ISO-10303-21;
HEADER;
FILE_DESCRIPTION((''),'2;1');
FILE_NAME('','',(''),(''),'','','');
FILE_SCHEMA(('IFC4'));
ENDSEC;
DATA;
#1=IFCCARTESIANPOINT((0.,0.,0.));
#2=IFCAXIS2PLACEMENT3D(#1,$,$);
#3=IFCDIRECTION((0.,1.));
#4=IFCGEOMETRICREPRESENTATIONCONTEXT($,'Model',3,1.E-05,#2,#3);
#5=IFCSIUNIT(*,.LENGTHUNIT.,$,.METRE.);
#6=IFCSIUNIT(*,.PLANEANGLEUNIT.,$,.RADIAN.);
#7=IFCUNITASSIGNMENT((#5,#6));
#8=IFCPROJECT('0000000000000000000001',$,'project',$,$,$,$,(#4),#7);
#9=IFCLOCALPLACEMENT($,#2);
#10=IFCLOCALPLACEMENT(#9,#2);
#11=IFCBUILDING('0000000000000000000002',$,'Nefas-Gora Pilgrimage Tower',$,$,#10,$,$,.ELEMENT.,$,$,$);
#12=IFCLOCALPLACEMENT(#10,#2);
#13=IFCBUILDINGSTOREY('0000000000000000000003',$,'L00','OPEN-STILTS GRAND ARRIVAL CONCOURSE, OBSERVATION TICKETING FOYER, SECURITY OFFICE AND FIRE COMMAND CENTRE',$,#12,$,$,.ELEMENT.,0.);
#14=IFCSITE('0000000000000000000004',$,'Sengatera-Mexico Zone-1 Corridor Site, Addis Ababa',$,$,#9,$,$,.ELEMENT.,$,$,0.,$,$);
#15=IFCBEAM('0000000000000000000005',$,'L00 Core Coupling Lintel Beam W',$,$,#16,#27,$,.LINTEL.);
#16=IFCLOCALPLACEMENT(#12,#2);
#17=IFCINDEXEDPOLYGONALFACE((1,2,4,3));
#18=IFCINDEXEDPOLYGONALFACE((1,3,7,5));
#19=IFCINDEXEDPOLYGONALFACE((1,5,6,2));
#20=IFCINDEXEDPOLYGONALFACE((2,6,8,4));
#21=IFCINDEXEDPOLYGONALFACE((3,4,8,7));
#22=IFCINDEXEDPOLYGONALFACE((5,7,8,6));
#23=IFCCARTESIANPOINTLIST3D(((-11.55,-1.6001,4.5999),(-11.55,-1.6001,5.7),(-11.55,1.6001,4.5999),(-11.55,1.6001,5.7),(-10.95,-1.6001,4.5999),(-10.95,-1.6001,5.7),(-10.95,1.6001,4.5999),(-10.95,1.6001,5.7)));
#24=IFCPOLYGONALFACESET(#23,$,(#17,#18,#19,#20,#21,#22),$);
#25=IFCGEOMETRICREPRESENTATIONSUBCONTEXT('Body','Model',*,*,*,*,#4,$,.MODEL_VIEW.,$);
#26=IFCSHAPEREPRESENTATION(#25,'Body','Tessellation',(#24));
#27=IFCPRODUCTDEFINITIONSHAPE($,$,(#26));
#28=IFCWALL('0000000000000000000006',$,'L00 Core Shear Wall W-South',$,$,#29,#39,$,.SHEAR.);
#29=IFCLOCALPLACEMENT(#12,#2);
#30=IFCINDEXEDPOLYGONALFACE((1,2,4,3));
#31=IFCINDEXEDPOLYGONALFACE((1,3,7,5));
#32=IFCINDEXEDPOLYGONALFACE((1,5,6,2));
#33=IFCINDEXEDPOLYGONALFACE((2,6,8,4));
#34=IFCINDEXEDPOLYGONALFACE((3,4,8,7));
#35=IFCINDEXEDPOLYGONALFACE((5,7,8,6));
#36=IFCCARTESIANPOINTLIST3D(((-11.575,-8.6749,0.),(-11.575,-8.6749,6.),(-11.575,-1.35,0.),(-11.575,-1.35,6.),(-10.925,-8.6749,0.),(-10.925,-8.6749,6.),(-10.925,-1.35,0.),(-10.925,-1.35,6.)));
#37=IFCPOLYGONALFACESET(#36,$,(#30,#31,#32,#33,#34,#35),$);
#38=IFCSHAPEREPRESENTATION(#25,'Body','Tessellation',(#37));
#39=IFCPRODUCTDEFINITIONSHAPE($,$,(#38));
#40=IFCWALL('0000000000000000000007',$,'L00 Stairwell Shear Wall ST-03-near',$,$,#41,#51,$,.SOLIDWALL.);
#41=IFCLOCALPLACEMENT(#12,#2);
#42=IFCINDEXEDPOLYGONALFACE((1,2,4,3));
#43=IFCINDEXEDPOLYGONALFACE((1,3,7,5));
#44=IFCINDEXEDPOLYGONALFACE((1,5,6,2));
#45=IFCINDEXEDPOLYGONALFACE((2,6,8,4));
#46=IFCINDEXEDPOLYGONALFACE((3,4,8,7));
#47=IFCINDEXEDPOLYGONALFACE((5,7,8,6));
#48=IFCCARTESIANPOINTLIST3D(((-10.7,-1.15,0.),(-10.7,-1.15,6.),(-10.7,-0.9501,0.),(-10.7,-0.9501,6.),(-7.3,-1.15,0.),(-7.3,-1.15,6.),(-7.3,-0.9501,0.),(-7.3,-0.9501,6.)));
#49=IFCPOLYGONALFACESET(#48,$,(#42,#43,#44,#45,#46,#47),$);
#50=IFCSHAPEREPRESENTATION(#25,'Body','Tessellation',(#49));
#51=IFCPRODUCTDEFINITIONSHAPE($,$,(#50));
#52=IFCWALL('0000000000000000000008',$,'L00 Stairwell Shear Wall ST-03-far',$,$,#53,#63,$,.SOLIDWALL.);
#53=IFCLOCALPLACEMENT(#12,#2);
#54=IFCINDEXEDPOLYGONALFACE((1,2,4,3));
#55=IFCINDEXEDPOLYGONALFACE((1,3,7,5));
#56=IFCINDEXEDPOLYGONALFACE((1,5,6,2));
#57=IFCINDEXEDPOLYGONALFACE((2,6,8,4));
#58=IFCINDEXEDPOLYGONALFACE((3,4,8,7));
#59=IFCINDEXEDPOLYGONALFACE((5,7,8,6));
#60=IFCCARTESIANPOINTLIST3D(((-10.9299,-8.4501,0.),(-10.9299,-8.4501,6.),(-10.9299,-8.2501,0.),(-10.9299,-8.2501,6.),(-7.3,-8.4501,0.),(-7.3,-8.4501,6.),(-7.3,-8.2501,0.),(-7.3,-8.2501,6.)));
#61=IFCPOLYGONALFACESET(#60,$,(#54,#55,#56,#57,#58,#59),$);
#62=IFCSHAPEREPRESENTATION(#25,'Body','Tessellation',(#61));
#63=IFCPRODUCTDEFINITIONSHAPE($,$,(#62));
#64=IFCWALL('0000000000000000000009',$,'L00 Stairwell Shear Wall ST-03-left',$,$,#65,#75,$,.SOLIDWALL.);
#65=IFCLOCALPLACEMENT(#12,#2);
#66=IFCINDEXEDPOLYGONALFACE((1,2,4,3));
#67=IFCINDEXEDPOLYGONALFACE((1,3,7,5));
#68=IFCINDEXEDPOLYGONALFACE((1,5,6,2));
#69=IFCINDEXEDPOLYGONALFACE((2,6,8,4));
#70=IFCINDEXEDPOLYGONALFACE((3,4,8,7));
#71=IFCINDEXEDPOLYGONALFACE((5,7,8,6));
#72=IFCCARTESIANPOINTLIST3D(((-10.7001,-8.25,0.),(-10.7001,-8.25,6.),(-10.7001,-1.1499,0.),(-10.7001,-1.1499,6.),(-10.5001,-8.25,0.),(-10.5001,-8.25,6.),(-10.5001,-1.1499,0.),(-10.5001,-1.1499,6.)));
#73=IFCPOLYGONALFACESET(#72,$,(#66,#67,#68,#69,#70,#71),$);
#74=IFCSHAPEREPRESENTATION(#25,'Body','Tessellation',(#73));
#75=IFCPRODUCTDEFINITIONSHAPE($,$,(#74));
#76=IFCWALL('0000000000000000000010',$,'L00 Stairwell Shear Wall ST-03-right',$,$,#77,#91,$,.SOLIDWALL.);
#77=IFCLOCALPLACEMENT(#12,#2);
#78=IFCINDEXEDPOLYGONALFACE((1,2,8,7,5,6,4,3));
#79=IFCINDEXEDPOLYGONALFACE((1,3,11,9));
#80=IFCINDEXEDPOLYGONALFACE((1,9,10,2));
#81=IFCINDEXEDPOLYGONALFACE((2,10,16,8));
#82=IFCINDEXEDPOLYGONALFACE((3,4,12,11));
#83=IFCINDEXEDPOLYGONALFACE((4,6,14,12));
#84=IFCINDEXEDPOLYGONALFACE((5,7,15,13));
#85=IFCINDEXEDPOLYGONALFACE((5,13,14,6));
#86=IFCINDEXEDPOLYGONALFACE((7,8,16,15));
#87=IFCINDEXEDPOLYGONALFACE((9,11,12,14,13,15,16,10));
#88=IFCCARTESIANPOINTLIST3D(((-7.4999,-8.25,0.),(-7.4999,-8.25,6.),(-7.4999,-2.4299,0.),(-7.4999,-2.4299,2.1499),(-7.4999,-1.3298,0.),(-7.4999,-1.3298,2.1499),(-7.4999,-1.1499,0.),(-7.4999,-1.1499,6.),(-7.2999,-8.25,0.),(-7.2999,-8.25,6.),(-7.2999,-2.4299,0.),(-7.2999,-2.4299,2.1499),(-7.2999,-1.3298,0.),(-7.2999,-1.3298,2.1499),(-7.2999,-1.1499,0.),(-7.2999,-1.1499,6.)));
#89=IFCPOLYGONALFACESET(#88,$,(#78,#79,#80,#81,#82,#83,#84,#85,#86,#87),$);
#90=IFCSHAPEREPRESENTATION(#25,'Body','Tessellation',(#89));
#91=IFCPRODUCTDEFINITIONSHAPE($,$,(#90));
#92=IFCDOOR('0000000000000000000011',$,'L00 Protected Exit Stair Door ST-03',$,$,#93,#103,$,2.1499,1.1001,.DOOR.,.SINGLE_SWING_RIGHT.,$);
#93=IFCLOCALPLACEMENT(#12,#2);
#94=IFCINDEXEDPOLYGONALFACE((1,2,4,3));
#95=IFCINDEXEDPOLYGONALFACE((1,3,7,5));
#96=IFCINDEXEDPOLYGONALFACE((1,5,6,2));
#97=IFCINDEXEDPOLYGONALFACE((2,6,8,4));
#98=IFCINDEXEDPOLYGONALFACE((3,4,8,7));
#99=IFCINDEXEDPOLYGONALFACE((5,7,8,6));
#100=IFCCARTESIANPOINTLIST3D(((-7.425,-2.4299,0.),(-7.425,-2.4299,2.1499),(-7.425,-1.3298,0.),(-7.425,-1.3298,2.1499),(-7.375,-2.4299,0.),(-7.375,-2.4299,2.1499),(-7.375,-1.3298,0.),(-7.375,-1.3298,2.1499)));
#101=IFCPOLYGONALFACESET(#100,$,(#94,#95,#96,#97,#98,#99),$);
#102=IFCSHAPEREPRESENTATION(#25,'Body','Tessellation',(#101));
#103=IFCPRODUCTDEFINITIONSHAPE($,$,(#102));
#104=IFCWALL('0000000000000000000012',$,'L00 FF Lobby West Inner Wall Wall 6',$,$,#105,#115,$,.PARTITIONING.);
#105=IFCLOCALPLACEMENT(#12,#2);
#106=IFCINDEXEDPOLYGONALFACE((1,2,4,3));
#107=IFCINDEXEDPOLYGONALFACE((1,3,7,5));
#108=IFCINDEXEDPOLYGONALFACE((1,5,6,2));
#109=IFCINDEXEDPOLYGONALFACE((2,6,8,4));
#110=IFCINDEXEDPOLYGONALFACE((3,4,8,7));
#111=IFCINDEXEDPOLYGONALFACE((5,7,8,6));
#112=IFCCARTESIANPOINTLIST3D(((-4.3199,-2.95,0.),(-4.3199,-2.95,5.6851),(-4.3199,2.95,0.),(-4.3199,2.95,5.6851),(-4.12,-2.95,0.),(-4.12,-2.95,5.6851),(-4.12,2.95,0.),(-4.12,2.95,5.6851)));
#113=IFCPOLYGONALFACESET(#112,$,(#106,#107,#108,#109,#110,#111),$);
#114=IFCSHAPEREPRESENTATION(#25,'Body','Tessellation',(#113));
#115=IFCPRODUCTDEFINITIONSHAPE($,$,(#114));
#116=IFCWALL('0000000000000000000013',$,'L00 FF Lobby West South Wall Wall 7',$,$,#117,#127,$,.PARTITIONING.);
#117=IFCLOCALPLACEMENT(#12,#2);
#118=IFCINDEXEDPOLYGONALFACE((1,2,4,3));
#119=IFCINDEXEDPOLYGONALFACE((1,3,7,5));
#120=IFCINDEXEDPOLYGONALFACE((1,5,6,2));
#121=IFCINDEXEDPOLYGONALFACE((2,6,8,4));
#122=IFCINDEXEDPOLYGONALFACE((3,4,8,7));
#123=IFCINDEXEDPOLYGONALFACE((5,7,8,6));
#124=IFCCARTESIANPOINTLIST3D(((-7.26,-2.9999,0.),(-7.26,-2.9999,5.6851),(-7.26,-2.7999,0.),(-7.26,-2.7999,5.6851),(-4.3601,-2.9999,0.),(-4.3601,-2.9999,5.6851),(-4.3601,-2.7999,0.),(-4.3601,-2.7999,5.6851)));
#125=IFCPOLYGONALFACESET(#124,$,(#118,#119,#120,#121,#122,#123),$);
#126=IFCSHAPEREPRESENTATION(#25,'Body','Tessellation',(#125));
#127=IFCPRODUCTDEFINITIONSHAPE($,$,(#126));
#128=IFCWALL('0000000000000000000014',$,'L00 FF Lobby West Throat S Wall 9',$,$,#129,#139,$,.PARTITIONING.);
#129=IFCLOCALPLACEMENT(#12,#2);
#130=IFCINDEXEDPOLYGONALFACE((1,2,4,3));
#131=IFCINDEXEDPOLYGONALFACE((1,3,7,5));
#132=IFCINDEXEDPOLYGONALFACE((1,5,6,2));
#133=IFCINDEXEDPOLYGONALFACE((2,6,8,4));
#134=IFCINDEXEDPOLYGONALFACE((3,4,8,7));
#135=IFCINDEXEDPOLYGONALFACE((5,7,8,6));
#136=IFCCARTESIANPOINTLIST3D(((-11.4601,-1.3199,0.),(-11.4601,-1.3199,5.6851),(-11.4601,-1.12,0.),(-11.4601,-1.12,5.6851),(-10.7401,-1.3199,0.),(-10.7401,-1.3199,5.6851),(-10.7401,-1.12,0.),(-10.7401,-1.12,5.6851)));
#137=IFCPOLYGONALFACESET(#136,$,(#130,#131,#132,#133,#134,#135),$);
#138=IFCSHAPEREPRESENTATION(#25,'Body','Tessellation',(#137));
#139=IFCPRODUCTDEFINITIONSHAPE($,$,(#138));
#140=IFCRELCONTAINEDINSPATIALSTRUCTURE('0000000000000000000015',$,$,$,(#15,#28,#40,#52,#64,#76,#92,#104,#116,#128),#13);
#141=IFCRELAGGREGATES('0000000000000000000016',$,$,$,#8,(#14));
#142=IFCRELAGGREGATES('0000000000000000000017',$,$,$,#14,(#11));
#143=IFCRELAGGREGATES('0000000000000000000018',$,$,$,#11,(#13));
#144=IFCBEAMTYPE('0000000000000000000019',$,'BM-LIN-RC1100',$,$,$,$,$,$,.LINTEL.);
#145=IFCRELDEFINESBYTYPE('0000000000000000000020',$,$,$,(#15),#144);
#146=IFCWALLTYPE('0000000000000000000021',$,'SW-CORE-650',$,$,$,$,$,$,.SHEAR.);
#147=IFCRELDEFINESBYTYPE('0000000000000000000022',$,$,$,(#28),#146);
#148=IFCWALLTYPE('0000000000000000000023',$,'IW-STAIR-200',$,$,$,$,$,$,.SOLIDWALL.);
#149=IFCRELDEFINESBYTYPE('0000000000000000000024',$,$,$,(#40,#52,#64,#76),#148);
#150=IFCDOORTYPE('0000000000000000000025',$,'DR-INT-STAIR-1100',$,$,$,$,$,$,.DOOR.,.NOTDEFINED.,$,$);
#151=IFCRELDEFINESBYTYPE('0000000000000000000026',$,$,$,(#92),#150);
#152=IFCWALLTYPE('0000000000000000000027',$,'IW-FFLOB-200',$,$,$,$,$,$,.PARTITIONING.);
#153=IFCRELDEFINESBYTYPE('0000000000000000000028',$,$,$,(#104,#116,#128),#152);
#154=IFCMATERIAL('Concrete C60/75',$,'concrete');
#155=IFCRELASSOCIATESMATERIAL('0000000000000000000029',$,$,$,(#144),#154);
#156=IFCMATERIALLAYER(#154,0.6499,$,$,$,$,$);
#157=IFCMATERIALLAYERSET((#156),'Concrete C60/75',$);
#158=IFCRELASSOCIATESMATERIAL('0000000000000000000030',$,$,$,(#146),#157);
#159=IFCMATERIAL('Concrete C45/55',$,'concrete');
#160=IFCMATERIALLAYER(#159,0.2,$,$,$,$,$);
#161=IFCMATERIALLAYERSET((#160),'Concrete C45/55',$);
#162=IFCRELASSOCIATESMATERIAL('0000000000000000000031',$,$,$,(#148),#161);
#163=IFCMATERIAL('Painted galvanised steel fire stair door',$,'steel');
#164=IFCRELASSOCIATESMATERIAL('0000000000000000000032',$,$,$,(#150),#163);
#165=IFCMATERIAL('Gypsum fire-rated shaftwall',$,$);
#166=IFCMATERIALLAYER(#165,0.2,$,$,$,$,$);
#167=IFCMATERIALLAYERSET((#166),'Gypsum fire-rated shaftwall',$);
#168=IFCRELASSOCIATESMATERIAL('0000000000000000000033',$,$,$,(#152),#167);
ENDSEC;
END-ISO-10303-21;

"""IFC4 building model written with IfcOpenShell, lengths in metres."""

from ifc_helpers import new_model, si_unit, direction, frame, frame_2d, origin, origin_2d, place, context, subcontext, project, spatial, rectangle, extrude, source, transform, mapped, material, layer, layer_set, material_profile, profile_set, type_object, element, fill, save


model = new_model("IFC4")

# Units and contexts
model_context = context("Model", 3, precision=1e-05, world=origin(), true_north=direction((0.0, 1.0)))
body_context = subcontext(model_context, "Body", "Model", "MODEL_VIEW")
ifc_project = project(units=[si_unit("LENGTHUNIT", "METRE"), si_unit("PLANEANGLEUNIT", "RADIAN")], contexts=[model_context])

# Site, building, storey
site_placement = place(None, origin())
site = spatial("IfcSite", under=ifc_project, at=site_placement, Name="Sengatera-Mexico Zone-1 Corridor Site, Addis Ababa", CompositionType="ELEMENT", RefElevation=0.0)
building_placement = place(site_placement, origin())
building = spatial("IfcBuilding", under=site, at=building_placement, Name="Nefas-Gora Pilgrimage Tower", CompositionType="ELEMENT")
storey_placement = place(building_placement, origin())
storey = spatial("IfcBuildingStorey", under=building, at=storey_placement, Name="L00", Description="OPEN-STILTS GRAND ARRIVAL CONCOURSE, OBSERVATION TICKETING FOYER, SECURITY OFFICE AND FIRE COMMAND CENTRE", CompositionType="ELEMENT", Elevation=0.0)

# Beam
ifc_material_1 = material(Name="Concrete C60/75", Category="concrete")
ifc_material_profile = material_profile(ifc_material_1, rectangle(XDim=0.6001, YDim=1.1001, at=origin_2d()), Name="RC 600x1100")
ifc_profile_set = profile_set([ifc_material_profile], Name="Concrete C60/75")
beam_type = type_object("IfcBeamType", Name="BM-LIN-RC1100", PredefinedType="LINTEL", material=ifc_profile_set)
shared_shape_1 = source(origin(), body_context, "Body", "SweptSolid", [
    extrude(rectangle(XDim=0.6001, YDim=1.1001, at=origin_2d()), origin(), (0.0, 0.0, 1.0), 3.2002),
])
beam_placement = place(storey_placement, frame((-11.25, -1.6001, 5.1499), z_axis=(0.0, 1.0, 0.0), x_axis=(-1.0, 0.0, 0.0)))
element("IfcBeam", 1, at=beam_placement, inside=storey, type_object=beam_type, Name="L00 Core Coupling Lintel Beam W", PredefinedType="LINTEL", context=body_context, shape_type="MappedRepresentation", body=[
    mapped(shared_shape_1, transform((0.0, 0.0, 0.0), x_axis=(1.0, 0.0, 0.0), y_axis=(0.0, 1.0, 0.0), z_axis=(0.0, 0.0, 1.0), scale=1.0)),
])

# Walls
ifc_layer_1 = layer(ifc_material_1, 0.6499)
ifc_layer_set_1 = layer_set([ifc_layer_1], Name="Concrete C60/75")
wall_type_1 = type_object("IfcWallType", Name="SW-CORE-650", PredefinedType="SHEAR", material=ifc_layer_set_1)
shared_shape_2 = source(origin(), body_context, "Body", "SweptSolid", [
    extrude(rectangle(XDim=7.325, YDim=0.6499, at=frame_2d((3.6626, 0.0))), origin(), (0.0, 0.0, 1.0), 6.0),
])
wall_1_placement = place(storey_placement, frame((-11.25, -8.675, 0.0), z_axis=(0.0, 0.0, 1.0), x_axis=(0.0, 1.0, 0.0)))
element("IfcWall", 2, at=wall_1_placement, inside=storey, type_object=wall_type_1, Name="L00 Core Shear Wall W-South", PredefinedType="SHEAR", context=body_context, shape_type="MappedRepresentation", body=[
    mapped(shared_shape_2, transform((0.0, 0.0, 0.0), x_axis=(1.0, 0.0, 0.0), y_axis=(0.0, 1.0, 0.0), z_axis=(0.0, 0.0, 1.0), scale=1.0)),
])
ifc_material_2 = material(Name="Concrete C45/55", Category="concrete")
ifc_layer_2 = layer(ifc_material_2, 0.2)
ifc_layer_set_2 = layer_set([ifc_layer_2], Name="Concrete C45/55")
wall_type_2 = type_object("IfcWallType", Name="IW-STAIR-200", PredefinedType="SOLIDWALL", material=ifc_layer_set_2)
shared_shape_3 = source(origin(), body_context, "Body", "SweptSolid", [
    extrude(rectangle(XDim=3.3999, YDim=0.2, at=frame_2d((1.7, 0.0))), origin(), (0.0, 0.0, 1.0), 6.0),
])
wall_2_placement = place(storey_placement, frame((-10.7, -1.05, 0.0), z_axis=(0.0, 0.0, 1.0), x_axis=(1.0, 0.0, 0.0)))
element("IfcWall", 3, at=wall_2_placement, inside=storey, type_object=wall_type_2, Name="L00 Stairwell Shear Wall ST-03-near", PredefinedType="SOLIDWALL", context=body_context, shape_type="MappedRepresentation", body=[
    mapped(shared_shape_3, transform((0.0, 0.0, 0.0), x_axis=(1.0, 0.0, 0.0), y_axis=(0.0, 1.0, 0.0), z_axis=(0.0, 0.0, 1.0), scale=1.0)),
])
shared_shape_4 = source(origin(), body_context, "Body", "SweptSolid", [
    extrude(rectangle(XDim=3.6299, YDim=0.2, at=frame_2d((1.8149, 0.0))), origin(), (0.0, 0.0, 1.0), 6.0),
])
wall_3_placement = place(storey_placement, frame((-10.9299, -8.3501, 0.0), z_axis=(0.0, 0.0, 1.0), x_axis=(1.0, 0.0, 0.0)))
element("IfcWall", 4, at=wall_3_placement, inside=storey, type_object=wall_type_2, Name="L00 Stairwell Shear Wall ST-03-far", PredefinedType="SOLIDWALL", context=body_context, shape_type="MappedRepresentation", body=[
    mapped(shared_shape_4, transform((0.0, 0.0, 0.0), x_axis=(1.0, 0.0, 0.0), y_axis=(0.0, 1.0, 0.0), z_axis=(0.0, 0.0, 1.0), scale=1.0)),
])
shared_shape_5 = source(origin(), body_context, "Body", "SweptSolid", [
    extrude(rectangle(XDim=7.1001, YDim=0.2, at=frame_2d((3.55, 0.0))), origin(), (0.0, 0.0, 1.0), 6.0),
])
wall_4_placement = place(storey_placement, frame((-10.6001, -1.1499, 0.0), z_axis=(0.0, 0.0, 1.0), x_axis=(0.0, -1.0, 0.0)))
element("IfcWall", 5, at=wall_4_placement, inside=storey, type_object=wall_type_2, Name="L00 Stairwell Shear Wall ST-03-left", PredefinedType="SOLIDWALL", context=body_context, shape_type="MappedRepresentation", body=[
    mapped(shared_shape_5, transform((0.0, 0.0, 0.0), x_axis=(1.0, 0.0, 0.0), y_axis=(0.0, 1.0, 0.0), z_axis=(0.0, 0.0, 1.0), scale=1.0)),
])

# Wall, opening, door
wall_5_placement = place(storey_placement, frame((-7.3999, -1.1499, 0.0), z_axis=(0.0, 0.0, 1.0), x_axis=(0.0, -1.0, 0.0)))
wall_5 = element("IfcWall", 6, at=wall_5_placement, inside=storey, type_object=wall_type_2, Name="L00 Stairwell Shear Wall ST-03-right", PredefinedType="SOLIDWALL", context=body_context, shape_type="MappedRepresentation", body=[
    mapped(shared_shape_5, transform((0.0, 0.0, 0.0), x_axis=(1.0, 0.0, 0.0), y_axis=(0.0, 1.0, 0.0), z_axis=(0.0, 0.0, 1.0), scale=1.0)),
])
opening_1_placement = place(wall_5_placement, frame((0.1799, 0.0, 0.0)))
opening_1 = element("IfcOpeningElement", 7, at=opening_1_placement, cuts=wall_5, PredefinedType="OPENING", context=body_context, shape_type="SweptSolid", body=[
    extrude(rectangle(XDim=1.1001, YDim=2.1499, at=frame_2d((0.55, 1.075))), frame((0.0, 0.1099, 0.0), z_axis=(0.0, -1.0, 0.0), x_axis=(1.0, 0.0, 0.0)), (0.0, 0.0, 1.0), 0.22),
])
ifc_material_3 = material(Name="Painted galvanised steel fire stair door", Category="steel")
door_type_1 = type_object("IfcDoorType", Name="DR-INT-STAIR-1100", OperationType="NOTDEFINED", PredefinedType="DOOR", material=ifc_material_3)
shared_shape_6 = source(origin(), body_context, "Body", "SweptSolid", [
    extrude(rectangle(XDim=1.1001, YDim=2.1499, at=frame_2d((0.55, 1.075))), frame((0.0, 0.0249, 0.0), z_axis=(0.0, -1.0, 0.0), x_axis=(1.0, 0.0, 0.0)), (0.0, 0.0, 1.0), 0.05),
])
door_1_placement = place(opening_1_placement, origin())
door_1 = element("IfcDoor", 8, at=door_1_placement, inside=storey, type_object=door_type_1, Name="L00 Protected Exit Stair Door ST-03", OperationType="SINGLE_SWING_RIGHT", OverallHeight=2.1499, OverallWidth=1.1001, PredefinedType="DOOR", context=body_context, shape_type="MappedRepresentation", body=[
    mapped(shared_shape_6, transform((0.0, 0.0, 0.0), x_axis=(1.0, 0.0, 0.0), y_axis=(0.0, 1.0, 0.0), z_axis=(0.0, 0.0, 1.0), scale=1.0)),
])
fill(opening_1, door_1)
ifc_material_4 = material(Name="Gypsum fire-rated shaftwall")
ifc_layer_3 = layer(ifc_material_4, 0.2)
ifc_layer_set_3 = layer_set([ifc_layer_3], Name="Gypsum fire-rated shaftwall")
wall_type_3 = type_object("IfcWallType", Name="IW-FFLOB-200", PredefinedType="PARTITIONING", material=ifc_layer_set_3)

# Walls
shared_shape_7 = source(origin(), body_context, "Body", "SweptSolid", [
    extrude(rectangle(XDim=5.8999, YDim=0.2, at=frame_2d((2.95, 0.0))), origin(), (0.0, 0.0, 1.0), 5.6851),
])
wall_6_placement = place(storey_placement, frame((-4.22, -2.95, 0.0), z_axis=(0.0, 0.0, 1.0), x_axis=(0.0, 1.0, 0.0)))
element("IfcWall", 9, at=wall_6_placement, inside=storey, type_object=wall_type_3, Name="L00 FF Lobby West Inner Wall Wall 6", PredefinedType="PARTITIONING", context=body_context, shape_type="MappedRepresentation", body=[
    mapped(shared_shape_7, transform((0.0, 0.0, 0.0), x_axis=(1.0, 0.0, 0.0), y_axis=(0.0, 1.0, 0.0), z_axis=(0.0, 0.0, 1.0), scale=1.0)),
])
shared_shape_8 = source(origin(), body_context, "Body", "SweptSolid", [
    extrude(rectangle(XDim=2.8999, YDim=0.2, at=frame_2d((1.45, 0.0))), origin(), (0.0, 0.0, 1.0), 5.6851),
])
wall_7_placement = place(storey_placement, frame((-7.26, -2.8999, 0.0), z_axis=(0.0, 0.0, 1.0), x_axis=(1.0, 0.0, 0.0)))
element("IfcWall", 10, at=wall_7_placement, inside=storey, type_object=wall_type_3, Name="L00 FF Lobby West South Wall Wall 7", PredefinedType="PARTITIONING", context=body_context, shape_type="MappedRepresentation", body=[
    mapped(shared_shape_8, transform((0.0, 0.0, 0.0), x_axis=(1.0, 0.0, 0.0), y_axis=(0.0, 1.0, 0.0), z_axis=(0.0, 0.0, 1.0), scale=1.0)),
])
shared_shape_9 = source(origin(), body_context, "Body", "SweptSolid", [
    extrude(rectangle(XDim=0.72, YDim=0.2, at=frame_2d((0.3599, 0.0))), origin(), (0.0, 0.0, 1.0), 5.6851),
])
wall_8_placement = place(storey_placement, frame((-11.46, -1.22, 0.0), z_axis=(0.0, 0.0, 1.0), x_axis=(1.0, 0.0, 0.0)))
element("IfcWall", 11, at=wall_8_placement, inside=storey, type_object=wall_type_3, Name="L00 FF Lobby West Throat S Wall 9", PredefinedType="PARTITIONING", context=body_context, shape_type="MappedRepresentation", body=[
    mapped(shared_shape_9, transform((0.0, 0.0, 0.0), x_axis=(1.0, 0.0, 0.0), y_axis=(0.0, 1.0, 0.0), z_axis=(0.0, 0.0, 1.0), scale=1.0)),
])

save(model, "model.ifc")
